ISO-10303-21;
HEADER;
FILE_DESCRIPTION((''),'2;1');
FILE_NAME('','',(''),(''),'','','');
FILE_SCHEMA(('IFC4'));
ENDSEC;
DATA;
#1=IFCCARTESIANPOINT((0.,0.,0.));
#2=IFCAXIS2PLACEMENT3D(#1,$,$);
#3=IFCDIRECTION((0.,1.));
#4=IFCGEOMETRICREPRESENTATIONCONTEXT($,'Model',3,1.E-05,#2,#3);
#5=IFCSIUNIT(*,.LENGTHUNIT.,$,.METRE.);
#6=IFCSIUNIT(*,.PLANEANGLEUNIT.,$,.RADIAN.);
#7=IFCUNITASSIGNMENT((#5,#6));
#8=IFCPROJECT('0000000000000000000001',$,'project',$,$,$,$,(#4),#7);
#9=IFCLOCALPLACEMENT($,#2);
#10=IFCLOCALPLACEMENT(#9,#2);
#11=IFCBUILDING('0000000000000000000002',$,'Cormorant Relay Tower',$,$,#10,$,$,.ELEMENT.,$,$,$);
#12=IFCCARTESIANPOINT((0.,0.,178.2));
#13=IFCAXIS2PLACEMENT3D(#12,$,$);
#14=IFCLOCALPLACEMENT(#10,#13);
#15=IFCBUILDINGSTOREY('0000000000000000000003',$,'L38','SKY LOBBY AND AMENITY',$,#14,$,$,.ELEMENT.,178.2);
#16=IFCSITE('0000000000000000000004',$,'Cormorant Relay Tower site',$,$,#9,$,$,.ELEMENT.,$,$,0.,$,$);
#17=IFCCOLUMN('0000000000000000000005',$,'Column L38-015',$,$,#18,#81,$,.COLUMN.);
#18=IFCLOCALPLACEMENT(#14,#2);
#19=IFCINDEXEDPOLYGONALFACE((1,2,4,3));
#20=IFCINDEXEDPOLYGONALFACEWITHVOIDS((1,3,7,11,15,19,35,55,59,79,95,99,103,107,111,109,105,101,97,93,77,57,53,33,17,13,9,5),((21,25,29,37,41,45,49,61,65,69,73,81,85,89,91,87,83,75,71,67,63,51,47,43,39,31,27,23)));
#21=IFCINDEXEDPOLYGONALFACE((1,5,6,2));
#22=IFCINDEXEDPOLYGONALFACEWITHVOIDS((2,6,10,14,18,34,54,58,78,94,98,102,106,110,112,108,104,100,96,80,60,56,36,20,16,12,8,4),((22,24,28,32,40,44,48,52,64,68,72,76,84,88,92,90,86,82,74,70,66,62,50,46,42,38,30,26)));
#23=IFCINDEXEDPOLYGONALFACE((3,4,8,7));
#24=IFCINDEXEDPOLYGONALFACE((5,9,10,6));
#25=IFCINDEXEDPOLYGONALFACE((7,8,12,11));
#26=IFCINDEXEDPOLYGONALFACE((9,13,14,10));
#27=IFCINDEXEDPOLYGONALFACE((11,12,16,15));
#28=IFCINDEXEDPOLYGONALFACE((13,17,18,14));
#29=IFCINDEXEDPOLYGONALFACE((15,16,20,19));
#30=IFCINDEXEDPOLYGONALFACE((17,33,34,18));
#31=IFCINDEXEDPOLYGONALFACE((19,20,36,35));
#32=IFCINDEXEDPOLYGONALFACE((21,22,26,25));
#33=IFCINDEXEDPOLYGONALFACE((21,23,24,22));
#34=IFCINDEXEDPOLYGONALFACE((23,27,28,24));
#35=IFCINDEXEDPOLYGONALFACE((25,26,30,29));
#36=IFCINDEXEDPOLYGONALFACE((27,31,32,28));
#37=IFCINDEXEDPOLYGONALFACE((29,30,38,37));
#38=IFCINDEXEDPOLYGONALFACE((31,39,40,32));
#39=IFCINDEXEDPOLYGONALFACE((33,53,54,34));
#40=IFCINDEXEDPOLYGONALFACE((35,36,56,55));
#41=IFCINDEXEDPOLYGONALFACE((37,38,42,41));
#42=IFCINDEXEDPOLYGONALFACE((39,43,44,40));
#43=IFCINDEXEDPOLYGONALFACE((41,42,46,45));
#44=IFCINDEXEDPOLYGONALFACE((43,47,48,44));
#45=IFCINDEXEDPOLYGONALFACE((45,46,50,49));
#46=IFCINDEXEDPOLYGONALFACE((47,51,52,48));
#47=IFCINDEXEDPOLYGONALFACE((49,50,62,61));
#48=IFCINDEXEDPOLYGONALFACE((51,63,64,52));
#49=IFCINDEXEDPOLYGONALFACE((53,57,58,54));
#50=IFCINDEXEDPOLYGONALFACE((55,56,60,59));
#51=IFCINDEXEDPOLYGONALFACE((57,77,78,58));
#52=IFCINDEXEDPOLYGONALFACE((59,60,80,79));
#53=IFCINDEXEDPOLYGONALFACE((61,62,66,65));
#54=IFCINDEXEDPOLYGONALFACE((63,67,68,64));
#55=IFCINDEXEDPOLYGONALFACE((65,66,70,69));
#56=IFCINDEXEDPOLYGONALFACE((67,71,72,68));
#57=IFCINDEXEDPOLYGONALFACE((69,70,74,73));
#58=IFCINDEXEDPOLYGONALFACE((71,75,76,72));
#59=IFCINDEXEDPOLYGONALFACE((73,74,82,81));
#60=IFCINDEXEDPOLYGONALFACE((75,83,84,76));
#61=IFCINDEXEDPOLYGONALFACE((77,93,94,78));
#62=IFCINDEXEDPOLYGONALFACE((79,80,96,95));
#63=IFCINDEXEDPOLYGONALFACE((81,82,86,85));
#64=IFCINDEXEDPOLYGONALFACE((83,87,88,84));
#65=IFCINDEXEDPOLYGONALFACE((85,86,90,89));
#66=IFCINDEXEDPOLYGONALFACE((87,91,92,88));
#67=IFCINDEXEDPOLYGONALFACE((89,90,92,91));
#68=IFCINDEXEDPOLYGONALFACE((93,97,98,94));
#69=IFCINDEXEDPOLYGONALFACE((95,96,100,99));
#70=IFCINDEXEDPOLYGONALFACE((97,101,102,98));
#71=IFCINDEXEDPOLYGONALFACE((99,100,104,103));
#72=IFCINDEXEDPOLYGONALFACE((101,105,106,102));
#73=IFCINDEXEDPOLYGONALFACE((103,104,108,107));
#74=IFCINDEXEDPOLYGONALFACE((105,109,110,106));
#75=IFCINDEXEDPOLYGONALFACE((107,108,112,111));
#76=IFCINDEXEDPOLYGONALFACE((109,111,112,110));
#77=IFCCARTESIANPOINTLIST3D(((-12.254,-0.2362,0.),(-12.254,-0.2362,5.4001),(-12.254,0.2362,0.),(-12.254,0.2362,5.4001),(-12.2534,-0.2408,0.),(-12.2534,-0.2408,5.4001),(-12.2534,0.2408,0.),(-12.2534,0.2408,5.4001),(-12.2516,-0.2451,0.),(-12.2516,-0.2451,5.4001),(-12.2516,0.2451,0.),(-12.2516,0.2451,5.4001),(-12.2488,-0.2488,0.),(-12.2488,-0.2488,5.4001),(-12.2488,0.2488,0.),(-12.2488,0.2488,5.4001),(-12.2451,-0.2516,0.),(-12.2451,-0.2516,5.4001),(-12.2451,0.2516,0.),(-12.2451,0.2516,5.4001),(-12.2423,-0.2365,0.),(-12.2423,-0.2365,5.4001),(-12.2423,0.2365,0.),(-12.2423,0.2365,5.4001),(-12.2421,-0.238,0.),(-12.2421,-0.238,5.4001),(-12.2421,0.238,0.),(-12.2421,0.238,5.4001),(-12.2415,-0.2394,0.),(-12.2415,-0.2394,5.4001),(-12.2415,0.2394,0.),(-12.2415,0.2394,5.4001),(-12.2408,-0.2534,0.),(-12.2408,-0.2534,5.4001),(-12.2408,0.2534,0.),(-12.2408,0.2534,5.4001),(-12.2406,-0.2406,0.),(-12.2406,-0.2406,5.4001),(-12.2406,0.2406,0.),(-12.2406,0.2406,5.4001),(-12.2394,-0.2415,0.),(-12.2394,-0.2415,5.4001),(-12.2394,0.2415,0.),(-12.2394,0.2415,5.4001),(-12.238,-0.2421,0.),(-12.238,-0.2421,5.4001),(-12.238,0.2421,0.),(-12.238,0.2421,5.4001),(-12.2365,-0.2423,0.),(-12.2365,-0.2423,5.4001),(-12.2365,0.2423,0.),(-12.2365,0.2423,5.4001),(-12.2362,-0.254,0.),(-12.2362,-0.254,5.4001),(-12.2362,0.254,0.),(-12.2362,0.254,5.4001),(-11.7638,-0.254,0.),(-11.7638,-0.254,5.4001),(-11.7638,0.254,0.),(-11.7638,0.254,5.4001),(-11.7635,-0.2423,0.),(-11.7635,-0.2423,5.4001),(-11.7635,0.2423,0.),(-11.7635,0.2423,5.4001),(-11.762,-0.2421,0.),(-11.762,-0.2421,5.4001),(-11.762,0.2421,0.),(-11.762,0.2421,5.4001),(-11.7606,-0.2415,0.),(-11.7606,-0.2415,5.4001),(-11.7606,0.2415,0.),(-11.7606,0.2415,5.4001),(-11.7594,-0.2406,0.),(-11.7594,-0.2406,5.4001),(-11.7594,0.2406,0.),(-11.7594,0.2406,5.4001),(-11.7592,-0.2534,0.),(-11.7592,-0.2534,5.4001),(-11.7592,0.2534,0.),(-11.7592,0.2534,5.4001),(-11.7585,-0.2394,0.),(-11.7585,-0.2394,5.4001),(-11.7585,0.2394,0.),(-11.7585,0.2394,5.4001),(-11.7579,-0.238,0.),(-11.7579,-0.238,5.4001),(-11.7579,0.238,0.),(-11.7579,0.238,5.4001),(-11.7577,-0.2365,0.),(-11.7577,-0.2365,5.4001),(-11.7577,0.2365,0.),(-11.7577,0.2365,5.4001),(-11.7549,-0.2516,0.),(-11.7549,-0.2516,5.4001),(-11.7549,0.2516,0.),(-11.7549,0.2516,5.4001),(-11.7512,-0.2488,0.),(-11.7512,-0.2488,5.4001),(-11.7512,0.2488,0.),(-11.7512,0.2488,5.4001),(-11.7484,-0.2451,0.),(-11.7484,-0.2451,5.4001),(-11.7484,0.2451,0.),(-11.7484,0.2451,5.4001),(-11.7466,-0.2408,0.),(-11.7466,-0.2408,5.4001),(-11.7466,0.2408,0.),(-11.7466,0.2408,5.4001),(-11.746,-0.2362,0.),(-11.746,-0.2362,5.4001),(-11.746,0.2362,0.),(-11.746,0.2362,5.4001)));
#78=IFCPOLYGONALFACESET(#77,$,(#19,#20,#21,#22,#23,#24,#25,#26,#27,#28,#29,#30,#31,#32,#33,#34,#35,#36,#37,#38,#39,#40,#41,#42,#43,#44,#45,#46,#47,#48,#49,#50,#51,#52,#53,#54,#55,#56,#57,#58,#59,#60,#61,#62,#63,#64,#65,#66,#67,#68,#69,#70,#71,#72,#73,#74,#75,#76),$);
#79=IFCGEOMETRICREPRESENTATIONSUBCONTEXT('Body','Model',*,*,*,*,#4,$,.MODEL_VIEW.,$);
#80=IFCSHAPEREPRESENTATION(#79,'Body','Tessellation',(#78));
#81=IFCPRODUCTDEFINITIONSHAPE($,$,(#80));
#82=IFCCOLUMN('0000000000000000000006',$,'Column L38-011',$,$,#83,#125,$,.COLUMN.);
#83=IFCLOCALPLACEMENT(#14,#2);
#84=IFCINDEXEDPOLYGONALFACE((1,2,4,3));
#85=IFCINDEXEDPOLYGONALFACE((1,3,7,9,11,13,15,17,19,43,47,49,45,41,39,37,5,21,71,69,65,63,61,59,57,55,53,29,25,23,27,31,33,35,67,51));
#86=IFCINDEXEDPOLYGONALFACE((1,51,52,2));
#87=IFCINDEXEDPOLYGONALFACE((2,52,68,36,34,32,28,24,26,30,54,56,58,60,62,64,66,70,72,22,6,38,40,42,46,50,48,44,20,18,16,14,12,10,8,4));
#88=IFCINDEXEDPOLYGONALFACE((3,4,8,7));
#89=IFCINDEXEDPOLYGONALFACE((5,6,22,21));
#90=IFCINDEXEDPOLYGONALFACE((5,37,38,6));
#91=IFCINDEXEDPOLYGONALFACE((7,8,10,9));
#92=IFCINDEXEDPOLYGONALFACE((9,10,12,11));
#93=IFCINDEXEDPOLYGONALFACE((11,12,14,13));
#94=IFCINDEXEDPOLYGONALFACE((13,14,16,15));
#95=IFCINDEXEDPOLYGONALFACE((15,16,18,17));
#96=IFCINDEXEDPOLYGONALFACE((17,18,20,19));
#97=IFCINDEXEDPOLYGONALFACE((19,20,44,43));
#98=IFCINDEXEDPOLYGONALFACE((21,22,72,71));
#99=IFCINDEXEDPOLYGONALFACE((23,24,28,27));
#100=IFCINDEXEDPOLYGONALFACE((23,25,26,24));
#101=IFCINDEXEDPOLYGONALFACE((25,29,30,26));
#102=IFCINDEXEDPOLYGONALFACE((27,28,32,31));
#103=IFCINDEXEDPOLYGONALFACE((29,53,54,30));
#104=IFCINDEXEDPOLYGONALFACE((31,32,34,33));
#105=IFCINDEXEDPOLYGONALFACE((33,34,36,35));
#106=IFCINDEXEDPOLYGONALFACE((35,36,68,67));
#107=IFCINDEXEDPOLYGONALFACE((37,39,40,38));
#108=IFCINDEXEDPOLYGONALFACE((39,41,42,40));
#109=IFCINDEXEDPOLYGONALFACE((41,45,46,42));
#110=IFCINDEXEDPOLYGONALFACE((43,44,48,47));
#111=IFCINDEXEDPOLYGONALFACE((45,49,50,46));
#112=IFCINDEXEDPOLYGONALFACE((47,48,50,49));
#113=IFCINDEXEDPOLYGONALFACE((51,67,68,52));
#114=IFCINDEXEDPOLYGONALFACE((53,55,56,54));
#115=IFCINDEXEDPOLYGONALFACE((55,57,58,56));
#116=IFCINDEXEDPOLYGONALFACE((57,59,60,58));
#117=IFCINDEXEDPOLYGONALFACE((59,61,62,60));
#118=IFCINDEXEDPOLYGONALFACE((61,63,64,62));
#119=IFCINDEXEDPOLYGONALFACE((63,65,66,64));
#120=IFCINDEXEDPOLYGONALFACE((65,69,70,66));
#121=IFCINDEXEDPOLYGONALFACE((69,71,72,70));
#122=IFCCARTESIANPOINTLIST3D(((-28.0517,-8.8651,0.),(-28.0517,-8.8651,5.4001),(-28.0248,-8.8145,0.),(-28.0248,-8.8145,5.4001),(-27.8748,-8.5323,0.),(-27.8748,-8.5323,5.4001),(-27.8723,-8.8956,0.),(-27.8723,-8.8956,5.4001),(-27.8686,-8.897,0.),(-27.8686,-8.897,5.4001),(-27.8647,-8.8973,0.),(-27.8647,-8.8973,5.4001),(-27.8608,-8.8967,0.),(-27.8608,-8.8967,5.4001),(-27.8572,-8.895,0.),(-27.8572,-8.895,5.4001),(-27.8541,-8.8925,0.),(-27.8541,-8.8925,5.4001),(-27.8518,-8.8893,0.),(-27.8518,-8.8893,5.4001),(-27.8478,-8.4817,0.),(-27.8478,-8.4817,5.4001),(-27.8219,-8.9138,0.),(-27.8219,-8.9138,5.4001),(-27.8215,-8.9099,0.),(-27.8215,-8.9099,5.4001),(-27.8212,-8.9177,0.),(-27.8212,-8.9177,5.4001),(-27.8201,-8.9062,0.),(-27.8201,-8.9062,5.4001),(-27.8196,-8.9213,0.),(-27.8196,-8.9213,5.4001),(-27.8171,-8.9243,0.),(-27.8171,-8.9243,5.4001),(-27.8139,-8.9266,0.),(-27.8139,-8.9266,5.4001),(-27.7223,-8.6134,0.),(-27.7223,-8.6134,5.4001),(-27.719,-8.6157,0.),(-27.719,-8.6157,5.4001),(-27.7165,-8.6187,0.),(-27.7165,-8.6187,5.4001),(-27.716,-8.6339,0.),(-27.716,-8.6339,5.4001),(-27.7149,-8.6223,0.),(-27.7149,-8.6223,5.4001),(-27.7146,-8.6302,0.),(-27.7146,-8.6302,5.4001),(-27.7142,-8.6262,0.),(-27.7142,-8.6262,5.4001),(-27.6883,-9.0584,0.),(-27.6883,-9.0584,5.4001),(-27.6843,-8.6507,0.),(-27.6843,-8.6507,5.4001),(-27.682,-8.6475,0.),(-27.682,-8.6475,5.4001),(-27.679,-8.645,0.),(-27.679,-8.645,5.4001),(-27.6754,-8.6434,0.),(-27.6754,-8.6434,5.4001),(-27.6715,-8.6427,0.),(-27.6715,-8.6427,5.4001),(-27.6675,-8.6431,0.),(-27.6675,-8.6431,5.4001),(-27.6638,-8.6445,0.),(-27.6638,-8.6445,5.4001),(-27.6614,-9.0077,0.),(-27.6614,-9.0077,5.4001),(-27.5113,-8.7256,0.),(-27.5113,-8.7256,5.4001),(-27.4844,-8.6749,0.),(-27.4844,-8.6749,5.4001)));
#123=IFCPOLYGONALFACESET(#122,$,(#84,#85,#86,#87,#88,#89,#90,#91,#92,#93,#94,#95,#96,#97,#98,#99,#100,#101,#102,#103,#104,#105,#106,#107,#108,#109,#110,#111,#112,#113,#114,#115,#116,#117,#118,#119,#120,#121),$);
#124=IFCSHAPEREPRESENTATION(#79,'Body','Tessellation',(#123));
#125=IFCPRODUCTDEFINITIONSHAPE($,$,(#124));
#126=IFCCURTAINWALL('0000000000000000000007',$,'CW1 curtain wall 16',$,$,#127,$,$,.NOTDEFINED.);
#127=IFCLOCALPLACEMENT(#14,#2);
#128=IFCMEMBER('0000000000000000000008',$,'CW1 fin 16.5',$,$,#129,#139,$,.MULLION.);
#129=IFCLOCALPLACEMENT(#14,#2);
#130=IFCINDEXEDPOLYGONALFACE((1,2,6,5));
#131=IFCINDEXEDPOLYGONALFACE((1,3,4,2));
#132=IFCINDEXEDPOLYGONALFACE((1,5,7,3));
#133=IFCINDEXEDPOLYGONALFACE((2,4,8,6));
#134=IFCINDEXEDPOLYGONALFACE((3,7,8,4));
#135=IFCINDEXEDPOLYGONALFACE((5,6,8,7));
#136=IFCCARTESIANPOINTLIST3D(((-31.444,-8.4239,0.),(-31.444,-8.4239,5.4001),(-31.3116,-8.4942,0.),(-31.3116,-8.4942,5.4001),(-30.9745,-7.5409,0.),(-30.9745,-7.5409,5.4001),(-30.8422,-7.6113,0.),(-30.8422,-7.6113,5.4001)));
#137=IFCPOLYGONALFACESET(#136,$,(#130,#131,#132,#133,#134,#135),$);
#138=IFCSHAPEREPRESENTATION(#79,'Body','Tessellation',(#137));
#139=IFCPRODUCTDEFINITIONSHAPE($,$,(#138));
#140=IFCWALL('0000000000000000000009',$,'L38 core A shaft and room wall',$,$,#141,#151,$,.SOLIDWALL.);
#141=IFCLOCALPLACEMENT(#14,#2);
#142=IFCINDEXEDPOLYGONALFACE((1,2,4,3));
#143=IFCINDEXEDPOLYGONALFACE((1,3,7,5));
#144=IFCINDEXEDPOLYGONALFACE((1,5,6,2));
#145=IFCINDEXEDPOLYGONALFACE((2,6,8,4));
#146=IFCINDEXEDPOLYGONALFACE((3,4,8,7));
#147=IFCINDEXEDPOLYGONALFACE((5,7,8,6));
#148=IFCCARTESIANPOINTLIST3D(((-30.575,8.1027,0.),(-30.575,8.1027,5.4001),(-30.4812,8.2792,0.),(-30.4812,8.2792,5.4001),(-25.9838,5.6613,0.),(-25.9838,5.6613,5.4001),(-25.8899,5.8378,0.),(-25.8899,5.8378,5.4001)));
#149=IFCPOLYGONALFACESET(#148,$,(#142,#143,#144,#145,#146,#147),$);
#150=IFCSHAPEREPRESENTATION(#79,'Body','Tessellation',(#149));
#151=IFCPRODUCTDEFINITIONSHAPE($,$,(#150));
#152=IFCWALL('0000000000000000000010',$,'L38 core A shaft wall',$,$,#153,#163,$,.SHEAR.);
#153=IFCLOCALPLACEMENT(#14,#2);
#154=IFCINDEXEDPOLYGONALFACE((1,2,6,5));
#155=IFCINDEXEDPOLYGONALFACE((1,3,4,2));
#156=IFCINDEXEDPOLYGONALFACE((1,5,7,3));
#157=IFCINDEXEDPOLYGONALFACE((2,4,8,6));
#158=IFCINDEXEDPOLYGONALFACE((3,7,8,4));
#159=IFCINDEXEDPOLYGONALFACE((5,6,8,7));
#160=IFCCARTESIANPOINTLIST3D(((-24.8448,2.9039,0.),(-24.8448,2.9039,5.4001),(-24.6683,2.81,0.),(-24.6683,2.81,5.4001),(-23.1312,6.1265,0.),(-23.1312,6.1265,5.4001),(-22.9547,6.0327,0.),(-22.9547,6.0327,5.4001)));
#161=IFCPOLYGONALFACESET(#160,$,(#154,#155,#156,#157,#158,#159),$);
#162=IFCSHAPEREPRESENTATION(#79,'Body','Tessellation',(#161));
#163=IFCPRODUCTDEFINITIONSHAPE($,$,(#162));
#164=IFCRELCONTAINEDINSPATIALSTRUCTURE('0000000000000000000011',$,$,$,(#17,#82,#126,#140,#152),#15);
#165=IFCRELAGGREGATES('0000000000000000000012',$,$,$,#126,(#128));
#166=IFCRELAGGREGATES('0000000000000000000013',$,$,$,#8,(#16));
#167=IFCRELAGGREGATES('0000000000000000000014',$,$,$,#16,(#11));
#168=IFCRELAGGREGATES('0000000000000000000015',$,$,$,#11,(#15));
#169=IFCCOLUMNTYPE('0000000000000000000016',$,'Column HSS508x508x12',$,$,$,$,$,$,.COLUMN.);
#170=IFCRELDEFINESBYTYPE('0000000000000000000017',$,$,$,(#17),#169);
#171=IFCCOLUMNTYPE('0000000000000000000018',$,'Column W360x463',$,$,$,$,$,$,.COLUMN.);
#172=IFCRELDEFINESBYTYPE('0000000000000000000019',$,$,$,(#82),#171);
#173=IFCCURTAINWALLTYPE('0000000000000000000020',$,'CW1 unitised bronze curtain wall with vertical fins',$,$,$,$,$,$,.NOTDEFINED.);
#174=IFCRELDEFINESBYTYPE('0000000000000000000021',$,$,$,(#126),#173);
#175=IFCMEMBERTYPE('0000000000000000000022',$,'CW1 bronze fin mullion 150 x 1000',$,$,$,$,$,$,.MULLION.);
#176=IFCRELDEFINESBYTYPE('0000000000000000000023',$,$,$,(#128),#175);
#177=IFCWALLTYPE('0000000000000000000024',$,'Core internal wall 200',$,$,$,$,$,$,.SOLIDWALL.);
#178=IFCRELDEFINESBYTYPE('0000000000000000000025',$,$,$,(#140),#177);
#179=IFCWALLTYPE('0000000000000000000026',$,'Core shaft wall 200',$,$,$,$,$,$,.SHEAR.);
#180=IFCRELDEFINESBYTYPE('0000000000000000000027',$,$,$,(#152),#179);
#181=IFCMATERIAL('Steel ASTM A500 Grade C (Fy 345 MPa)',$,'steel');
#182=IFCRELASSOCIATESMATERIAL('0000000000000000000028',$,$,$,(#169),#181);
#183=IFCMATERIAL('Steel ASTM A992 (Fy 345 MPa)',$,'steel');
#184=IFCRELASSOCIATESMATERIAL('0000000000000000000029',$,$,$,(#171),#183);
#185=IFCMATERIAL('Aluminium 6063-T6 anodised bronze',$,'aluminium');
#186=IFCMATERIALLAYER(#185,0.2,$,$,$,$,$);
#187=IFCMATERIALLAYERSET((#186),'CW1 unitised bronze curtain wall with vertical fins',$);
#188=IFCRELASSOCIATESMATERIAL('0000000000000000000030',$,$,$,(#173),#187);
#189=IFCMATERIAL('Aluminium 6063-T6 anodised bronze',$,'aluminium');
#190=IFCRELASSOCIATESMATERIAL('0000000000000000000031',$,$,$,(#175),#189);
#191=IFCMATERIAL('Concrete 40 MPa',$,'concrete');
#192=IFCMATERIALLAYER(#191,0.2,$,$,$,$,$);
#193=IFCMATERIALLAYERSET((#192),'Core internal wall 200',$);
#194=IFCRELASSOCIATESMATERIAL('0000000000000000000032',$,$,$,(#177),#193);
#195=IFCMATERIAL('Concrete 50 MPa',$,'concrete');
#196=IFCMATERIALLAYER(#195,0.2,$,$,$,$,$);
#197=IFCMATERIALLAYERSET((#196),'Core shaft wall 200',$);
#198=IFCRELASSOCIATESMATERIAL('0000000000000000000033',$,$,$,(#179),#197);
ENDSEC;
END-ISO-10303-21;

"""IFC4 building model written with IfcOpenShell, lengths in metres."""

from ifc_helpers import new_model, si_unit, direction, frame, frame_2d, origin, origin_2d, place, context, subcontext, project, spatial, rectangle, hollow_rectangle, i_section, extrude, material, layer, layer_set, material_profile, profile_set, type_object, element, aggregate, save


model = new_model("IFC4")

# Units and contexts
model_context = context("Model", 3, precision=1e-05, world=origin(), true_north=direction((0.0, 1.0)))
body_context = subcontext(model_context, "Body", "Model", "MODEL_VIEW")
ifc_project = project(units=[si_unit("LENGTHUNIT", "METRE"), si_unit("PLANEANGLEUNIT", "RADIAN")], contexts=[model_context])

# Site, building, storey
site_placement = place(None, origin())
site = spatial("IfcSite", under=ifc_project, at=site_placement, Name="Cormorant Relay Tower site", CompositionType="ELEMENT", RefElevation=0.0)
building_placement = place(site_placement, origin())
building = spatial("IfcBuilding", under=site, at=building_placement, Name="Cormorant Relay Tower", CompositionType="ELEMENT")
storey_placement = place(building_placement, frame((0.0, 0.0, 178.2)))
storey = spatial("IfcBuildingStorey", under=building, at=storey_placement, Name="L38", Description="SKY LOBBY AND AMENITY", CompositionType="ELEMENT", Elevation=178.2)

# Columns
ifc_material_1 = material(Name="Steel ASTM A500 Grade C (Fy 345 MPa)", Category="steel")
ifc_material_profile_1 = material_profile(ifc_material_1, hollow_rectangle(XDim=0.5081, YDim=0.5081, WallThickness=0.0117, InnerFilletRadius=0.0059, OuterFilletRadius=0.0178, at=origin_2d()), Name="HSS508x508x12")
ifc_profile_set_1 = profile_set([ifc_material_profile_1], Name="Steel ASTM A500 Grade C (Fy 345 MPa)")
column_type_1 = type_object("IfcColumnType", Name="Column HSS508x508x12", PredefinedType="COLUMN", material=ifc_profile_set_1)
column_1_placement = place(storey_placement, frame((-12.0, 0.0, 0.0), z_axis=(0.0, 0.0, 1.0), x_axis=(1.0, 0.0, 0.0)))
element("IfcColumn", 1, at=column_1_placement, inside=storey, type_object=column_type_1, Name="Column L38-015", PredefinedType="COLUMN", context=body_context, shape_type="SweptSolid", body=[
    extrude(hollow_rectangle(XDim=0.5081, YDim=0.5081, WallThickness=0.0117, InnerFilletRadius=0.0059, OuterFilletRadius=0.0178, at=origin_2d()), origin(), (0.0, 0.0, 1.0), 5.4001),
])
ifc_material_2 = material(Name="Steel ASTM A992 (Fy 345 MPa)", Category="steel")
ifc_material_profile_2 = material_profile(ifc_material_2, i_section(OverallWidth=0.4116, OverallDepth=0.4343, WebThickness=0.0359, FlangeThickness=0.0574, FilletRadius=0.0151, at=origin_2d()), Name="W360x463")
ifc_profile_set_2 = profile_set([ifc_material_profile_2], Name="Steel ASTM A992 (Fy 345 MPa)")
column_type_2 = type_object("IfcColumnType", Name="Column W360x463", PredefinedType="COLUMN", material=ifc_profile_set_2)
column_2_placement = place(storey_placement, frame((-27.7681, -8.77, 0.0), z_axis=(0.0, 0.0, 1.0), x_axis=(0.882948, -0.469472, 0.0)))
element("IfcColumn", 2, at=column_2_placement, inside=storey, type_object=column_type_2, Name="Column L38-011", PredefinedType="COLUMN", context=body_context, shape_type="SweptSolid", body=[
    extrude(i_section(OverallWidth=0.4116, OverallDepth=0.4343, WebThickness=0.0359, FlangeThickness=0.0574, FilletRadius=0.0151, at=origin_2d()), origin(), (0.0, 0.0, 1.0), 5.4001),
])

# Curtain wall, member
ifc_material_3 = material(Name="Aluminium 6063-T6 anodised bronze", Category="aluminium")
ifc_layer_1 = layer(ifc_material_3, 0.2)
ifc_layer_set_1 = layer_set([ifc_layer_1], Name="CW1 unitised bronze curtain wall with vertical fins")
curtain_wall_type = type_object("IfcCurtainWallType", Name="CW1 unitised bronze curtain wall with vertical fins", PredefinedType="NOTDEFINED", material=ifc_layer_set_1)
curtain_wall_placement = place(storey_placement, origin())
curtain_wall = element("IfcCurtainWall", 3, at=curtain_wall_placement, inside=storey, type_object=curtain_wall_type, Name="CW1 curtain wall 16", PredefinedType="NOTDEFINED")
ifc_material_4 = material(Name="Aluminium 6063-T6 anodised bronze", Category="aluminium")
ifc_material_profile_3 = material_profile(ifc_material_4, rectangle(XDim=0.1499, YDim=1.0, at=origin_2d()), Name="AL 150x1000")
ifc_profile_set_3 = profile_set([ifc_material_profile_3], Name="Aluminium 6063-T6 anodised bronze")
member_type = type_object("IfcMemberType", Name="CW1 bronze fin mullion 150 x 1000", PredefinedType="MULLION", material=ifc_profile_set_3)
member_placement = place(storey_placement, frame((-31.1431, -8.0176, 0.0), z_axis=(0.0, 0.0, 1.0), x_axis=(0.882948, -0.469472, 0.0)))
member = element("IfcMember", 4, at=member_placement, type_object=member_type, Name="CW1 fin 16.5", PredefinedType="MULLION", context=body_context, shape_type="SweptSolid", body=[
    extrude(rectangle(XDim=0.1499, YDim=1.0, at=origin_2d()), origin(), (0.0, 0.0, 1.0), 5.4001),
])

# Walls
ifc_material_5 = material(Name="Concrete 40 MPa", Category="concrete")
ifc_layer_2 = layer(ifc_material_5, 0.2)
ifc_layer_set_2 = layer_set([ifc_layer_2], Name="Core internal wall 200")
wall_type_1 = type_object("IfcWallType", Name="Core internal wall 200", PredefinedType="SOLIDWALL", material=ifc_layer_set_2)
wall_1_placement = place(storey_placement, frame((-25.9368, 5.7495, 0.0), z_axis=(0.0, 0.0, 1.0), x_axis=(-0.882935, 0.469496, 0.0)))
element("IfcWall", 5, at=wall_1_placement, inside=storey, type_object=wall_type_1, Name="L38 core A shaft and room wall", PredefinedType="SOLIDWALL", context=body_context, shape_type="SweptSolid", body=[
    extrude(rectangle(XDim=5.2, YDim=0.2, at=frame_2d((2.6001, 0.0))), origin(), (0.0, 0.0, 1.0), 5.4001),
])
ifc_material_6 = material(Name="Concrete 50 MPa", Category="concrete")
ifc_layer_3 = layer(ifc_material_6, 0.2)
ifc_layer_set_3 = layer_set([ifc_layer_3], Name="Core shaft wall 200")
wall_type_2 = type_object("IfcWallType", Name="Core shaft wall 200", PredefinedType="SHEAR", material=ifc_layer_set_3)
wall_2_placement = place(storey_placement, frame((-23.043, 6.0796, 0.0), z_axis=(0.0, 0.0, 1.0), x_axis=(-0.469494, -0.882936, 0.0)))
element("IfcWall", 6, at=wall_2_placement, inside=storey, type_object=wall_type_2, Name="L38 core A shaft wall", PredefinedType="SHEAR", context=body_context, shape_type="SweptSolid", body=[
    extrude(rectangle(XDim=3.6499, YDim=0.2, at=frame_2d((1.825, 0.0))), origin(), (0.0, 0.0, 1.0), 5.4001),
])

aggregate(curtain_wall, [member])

save(model, "model.ifc")
